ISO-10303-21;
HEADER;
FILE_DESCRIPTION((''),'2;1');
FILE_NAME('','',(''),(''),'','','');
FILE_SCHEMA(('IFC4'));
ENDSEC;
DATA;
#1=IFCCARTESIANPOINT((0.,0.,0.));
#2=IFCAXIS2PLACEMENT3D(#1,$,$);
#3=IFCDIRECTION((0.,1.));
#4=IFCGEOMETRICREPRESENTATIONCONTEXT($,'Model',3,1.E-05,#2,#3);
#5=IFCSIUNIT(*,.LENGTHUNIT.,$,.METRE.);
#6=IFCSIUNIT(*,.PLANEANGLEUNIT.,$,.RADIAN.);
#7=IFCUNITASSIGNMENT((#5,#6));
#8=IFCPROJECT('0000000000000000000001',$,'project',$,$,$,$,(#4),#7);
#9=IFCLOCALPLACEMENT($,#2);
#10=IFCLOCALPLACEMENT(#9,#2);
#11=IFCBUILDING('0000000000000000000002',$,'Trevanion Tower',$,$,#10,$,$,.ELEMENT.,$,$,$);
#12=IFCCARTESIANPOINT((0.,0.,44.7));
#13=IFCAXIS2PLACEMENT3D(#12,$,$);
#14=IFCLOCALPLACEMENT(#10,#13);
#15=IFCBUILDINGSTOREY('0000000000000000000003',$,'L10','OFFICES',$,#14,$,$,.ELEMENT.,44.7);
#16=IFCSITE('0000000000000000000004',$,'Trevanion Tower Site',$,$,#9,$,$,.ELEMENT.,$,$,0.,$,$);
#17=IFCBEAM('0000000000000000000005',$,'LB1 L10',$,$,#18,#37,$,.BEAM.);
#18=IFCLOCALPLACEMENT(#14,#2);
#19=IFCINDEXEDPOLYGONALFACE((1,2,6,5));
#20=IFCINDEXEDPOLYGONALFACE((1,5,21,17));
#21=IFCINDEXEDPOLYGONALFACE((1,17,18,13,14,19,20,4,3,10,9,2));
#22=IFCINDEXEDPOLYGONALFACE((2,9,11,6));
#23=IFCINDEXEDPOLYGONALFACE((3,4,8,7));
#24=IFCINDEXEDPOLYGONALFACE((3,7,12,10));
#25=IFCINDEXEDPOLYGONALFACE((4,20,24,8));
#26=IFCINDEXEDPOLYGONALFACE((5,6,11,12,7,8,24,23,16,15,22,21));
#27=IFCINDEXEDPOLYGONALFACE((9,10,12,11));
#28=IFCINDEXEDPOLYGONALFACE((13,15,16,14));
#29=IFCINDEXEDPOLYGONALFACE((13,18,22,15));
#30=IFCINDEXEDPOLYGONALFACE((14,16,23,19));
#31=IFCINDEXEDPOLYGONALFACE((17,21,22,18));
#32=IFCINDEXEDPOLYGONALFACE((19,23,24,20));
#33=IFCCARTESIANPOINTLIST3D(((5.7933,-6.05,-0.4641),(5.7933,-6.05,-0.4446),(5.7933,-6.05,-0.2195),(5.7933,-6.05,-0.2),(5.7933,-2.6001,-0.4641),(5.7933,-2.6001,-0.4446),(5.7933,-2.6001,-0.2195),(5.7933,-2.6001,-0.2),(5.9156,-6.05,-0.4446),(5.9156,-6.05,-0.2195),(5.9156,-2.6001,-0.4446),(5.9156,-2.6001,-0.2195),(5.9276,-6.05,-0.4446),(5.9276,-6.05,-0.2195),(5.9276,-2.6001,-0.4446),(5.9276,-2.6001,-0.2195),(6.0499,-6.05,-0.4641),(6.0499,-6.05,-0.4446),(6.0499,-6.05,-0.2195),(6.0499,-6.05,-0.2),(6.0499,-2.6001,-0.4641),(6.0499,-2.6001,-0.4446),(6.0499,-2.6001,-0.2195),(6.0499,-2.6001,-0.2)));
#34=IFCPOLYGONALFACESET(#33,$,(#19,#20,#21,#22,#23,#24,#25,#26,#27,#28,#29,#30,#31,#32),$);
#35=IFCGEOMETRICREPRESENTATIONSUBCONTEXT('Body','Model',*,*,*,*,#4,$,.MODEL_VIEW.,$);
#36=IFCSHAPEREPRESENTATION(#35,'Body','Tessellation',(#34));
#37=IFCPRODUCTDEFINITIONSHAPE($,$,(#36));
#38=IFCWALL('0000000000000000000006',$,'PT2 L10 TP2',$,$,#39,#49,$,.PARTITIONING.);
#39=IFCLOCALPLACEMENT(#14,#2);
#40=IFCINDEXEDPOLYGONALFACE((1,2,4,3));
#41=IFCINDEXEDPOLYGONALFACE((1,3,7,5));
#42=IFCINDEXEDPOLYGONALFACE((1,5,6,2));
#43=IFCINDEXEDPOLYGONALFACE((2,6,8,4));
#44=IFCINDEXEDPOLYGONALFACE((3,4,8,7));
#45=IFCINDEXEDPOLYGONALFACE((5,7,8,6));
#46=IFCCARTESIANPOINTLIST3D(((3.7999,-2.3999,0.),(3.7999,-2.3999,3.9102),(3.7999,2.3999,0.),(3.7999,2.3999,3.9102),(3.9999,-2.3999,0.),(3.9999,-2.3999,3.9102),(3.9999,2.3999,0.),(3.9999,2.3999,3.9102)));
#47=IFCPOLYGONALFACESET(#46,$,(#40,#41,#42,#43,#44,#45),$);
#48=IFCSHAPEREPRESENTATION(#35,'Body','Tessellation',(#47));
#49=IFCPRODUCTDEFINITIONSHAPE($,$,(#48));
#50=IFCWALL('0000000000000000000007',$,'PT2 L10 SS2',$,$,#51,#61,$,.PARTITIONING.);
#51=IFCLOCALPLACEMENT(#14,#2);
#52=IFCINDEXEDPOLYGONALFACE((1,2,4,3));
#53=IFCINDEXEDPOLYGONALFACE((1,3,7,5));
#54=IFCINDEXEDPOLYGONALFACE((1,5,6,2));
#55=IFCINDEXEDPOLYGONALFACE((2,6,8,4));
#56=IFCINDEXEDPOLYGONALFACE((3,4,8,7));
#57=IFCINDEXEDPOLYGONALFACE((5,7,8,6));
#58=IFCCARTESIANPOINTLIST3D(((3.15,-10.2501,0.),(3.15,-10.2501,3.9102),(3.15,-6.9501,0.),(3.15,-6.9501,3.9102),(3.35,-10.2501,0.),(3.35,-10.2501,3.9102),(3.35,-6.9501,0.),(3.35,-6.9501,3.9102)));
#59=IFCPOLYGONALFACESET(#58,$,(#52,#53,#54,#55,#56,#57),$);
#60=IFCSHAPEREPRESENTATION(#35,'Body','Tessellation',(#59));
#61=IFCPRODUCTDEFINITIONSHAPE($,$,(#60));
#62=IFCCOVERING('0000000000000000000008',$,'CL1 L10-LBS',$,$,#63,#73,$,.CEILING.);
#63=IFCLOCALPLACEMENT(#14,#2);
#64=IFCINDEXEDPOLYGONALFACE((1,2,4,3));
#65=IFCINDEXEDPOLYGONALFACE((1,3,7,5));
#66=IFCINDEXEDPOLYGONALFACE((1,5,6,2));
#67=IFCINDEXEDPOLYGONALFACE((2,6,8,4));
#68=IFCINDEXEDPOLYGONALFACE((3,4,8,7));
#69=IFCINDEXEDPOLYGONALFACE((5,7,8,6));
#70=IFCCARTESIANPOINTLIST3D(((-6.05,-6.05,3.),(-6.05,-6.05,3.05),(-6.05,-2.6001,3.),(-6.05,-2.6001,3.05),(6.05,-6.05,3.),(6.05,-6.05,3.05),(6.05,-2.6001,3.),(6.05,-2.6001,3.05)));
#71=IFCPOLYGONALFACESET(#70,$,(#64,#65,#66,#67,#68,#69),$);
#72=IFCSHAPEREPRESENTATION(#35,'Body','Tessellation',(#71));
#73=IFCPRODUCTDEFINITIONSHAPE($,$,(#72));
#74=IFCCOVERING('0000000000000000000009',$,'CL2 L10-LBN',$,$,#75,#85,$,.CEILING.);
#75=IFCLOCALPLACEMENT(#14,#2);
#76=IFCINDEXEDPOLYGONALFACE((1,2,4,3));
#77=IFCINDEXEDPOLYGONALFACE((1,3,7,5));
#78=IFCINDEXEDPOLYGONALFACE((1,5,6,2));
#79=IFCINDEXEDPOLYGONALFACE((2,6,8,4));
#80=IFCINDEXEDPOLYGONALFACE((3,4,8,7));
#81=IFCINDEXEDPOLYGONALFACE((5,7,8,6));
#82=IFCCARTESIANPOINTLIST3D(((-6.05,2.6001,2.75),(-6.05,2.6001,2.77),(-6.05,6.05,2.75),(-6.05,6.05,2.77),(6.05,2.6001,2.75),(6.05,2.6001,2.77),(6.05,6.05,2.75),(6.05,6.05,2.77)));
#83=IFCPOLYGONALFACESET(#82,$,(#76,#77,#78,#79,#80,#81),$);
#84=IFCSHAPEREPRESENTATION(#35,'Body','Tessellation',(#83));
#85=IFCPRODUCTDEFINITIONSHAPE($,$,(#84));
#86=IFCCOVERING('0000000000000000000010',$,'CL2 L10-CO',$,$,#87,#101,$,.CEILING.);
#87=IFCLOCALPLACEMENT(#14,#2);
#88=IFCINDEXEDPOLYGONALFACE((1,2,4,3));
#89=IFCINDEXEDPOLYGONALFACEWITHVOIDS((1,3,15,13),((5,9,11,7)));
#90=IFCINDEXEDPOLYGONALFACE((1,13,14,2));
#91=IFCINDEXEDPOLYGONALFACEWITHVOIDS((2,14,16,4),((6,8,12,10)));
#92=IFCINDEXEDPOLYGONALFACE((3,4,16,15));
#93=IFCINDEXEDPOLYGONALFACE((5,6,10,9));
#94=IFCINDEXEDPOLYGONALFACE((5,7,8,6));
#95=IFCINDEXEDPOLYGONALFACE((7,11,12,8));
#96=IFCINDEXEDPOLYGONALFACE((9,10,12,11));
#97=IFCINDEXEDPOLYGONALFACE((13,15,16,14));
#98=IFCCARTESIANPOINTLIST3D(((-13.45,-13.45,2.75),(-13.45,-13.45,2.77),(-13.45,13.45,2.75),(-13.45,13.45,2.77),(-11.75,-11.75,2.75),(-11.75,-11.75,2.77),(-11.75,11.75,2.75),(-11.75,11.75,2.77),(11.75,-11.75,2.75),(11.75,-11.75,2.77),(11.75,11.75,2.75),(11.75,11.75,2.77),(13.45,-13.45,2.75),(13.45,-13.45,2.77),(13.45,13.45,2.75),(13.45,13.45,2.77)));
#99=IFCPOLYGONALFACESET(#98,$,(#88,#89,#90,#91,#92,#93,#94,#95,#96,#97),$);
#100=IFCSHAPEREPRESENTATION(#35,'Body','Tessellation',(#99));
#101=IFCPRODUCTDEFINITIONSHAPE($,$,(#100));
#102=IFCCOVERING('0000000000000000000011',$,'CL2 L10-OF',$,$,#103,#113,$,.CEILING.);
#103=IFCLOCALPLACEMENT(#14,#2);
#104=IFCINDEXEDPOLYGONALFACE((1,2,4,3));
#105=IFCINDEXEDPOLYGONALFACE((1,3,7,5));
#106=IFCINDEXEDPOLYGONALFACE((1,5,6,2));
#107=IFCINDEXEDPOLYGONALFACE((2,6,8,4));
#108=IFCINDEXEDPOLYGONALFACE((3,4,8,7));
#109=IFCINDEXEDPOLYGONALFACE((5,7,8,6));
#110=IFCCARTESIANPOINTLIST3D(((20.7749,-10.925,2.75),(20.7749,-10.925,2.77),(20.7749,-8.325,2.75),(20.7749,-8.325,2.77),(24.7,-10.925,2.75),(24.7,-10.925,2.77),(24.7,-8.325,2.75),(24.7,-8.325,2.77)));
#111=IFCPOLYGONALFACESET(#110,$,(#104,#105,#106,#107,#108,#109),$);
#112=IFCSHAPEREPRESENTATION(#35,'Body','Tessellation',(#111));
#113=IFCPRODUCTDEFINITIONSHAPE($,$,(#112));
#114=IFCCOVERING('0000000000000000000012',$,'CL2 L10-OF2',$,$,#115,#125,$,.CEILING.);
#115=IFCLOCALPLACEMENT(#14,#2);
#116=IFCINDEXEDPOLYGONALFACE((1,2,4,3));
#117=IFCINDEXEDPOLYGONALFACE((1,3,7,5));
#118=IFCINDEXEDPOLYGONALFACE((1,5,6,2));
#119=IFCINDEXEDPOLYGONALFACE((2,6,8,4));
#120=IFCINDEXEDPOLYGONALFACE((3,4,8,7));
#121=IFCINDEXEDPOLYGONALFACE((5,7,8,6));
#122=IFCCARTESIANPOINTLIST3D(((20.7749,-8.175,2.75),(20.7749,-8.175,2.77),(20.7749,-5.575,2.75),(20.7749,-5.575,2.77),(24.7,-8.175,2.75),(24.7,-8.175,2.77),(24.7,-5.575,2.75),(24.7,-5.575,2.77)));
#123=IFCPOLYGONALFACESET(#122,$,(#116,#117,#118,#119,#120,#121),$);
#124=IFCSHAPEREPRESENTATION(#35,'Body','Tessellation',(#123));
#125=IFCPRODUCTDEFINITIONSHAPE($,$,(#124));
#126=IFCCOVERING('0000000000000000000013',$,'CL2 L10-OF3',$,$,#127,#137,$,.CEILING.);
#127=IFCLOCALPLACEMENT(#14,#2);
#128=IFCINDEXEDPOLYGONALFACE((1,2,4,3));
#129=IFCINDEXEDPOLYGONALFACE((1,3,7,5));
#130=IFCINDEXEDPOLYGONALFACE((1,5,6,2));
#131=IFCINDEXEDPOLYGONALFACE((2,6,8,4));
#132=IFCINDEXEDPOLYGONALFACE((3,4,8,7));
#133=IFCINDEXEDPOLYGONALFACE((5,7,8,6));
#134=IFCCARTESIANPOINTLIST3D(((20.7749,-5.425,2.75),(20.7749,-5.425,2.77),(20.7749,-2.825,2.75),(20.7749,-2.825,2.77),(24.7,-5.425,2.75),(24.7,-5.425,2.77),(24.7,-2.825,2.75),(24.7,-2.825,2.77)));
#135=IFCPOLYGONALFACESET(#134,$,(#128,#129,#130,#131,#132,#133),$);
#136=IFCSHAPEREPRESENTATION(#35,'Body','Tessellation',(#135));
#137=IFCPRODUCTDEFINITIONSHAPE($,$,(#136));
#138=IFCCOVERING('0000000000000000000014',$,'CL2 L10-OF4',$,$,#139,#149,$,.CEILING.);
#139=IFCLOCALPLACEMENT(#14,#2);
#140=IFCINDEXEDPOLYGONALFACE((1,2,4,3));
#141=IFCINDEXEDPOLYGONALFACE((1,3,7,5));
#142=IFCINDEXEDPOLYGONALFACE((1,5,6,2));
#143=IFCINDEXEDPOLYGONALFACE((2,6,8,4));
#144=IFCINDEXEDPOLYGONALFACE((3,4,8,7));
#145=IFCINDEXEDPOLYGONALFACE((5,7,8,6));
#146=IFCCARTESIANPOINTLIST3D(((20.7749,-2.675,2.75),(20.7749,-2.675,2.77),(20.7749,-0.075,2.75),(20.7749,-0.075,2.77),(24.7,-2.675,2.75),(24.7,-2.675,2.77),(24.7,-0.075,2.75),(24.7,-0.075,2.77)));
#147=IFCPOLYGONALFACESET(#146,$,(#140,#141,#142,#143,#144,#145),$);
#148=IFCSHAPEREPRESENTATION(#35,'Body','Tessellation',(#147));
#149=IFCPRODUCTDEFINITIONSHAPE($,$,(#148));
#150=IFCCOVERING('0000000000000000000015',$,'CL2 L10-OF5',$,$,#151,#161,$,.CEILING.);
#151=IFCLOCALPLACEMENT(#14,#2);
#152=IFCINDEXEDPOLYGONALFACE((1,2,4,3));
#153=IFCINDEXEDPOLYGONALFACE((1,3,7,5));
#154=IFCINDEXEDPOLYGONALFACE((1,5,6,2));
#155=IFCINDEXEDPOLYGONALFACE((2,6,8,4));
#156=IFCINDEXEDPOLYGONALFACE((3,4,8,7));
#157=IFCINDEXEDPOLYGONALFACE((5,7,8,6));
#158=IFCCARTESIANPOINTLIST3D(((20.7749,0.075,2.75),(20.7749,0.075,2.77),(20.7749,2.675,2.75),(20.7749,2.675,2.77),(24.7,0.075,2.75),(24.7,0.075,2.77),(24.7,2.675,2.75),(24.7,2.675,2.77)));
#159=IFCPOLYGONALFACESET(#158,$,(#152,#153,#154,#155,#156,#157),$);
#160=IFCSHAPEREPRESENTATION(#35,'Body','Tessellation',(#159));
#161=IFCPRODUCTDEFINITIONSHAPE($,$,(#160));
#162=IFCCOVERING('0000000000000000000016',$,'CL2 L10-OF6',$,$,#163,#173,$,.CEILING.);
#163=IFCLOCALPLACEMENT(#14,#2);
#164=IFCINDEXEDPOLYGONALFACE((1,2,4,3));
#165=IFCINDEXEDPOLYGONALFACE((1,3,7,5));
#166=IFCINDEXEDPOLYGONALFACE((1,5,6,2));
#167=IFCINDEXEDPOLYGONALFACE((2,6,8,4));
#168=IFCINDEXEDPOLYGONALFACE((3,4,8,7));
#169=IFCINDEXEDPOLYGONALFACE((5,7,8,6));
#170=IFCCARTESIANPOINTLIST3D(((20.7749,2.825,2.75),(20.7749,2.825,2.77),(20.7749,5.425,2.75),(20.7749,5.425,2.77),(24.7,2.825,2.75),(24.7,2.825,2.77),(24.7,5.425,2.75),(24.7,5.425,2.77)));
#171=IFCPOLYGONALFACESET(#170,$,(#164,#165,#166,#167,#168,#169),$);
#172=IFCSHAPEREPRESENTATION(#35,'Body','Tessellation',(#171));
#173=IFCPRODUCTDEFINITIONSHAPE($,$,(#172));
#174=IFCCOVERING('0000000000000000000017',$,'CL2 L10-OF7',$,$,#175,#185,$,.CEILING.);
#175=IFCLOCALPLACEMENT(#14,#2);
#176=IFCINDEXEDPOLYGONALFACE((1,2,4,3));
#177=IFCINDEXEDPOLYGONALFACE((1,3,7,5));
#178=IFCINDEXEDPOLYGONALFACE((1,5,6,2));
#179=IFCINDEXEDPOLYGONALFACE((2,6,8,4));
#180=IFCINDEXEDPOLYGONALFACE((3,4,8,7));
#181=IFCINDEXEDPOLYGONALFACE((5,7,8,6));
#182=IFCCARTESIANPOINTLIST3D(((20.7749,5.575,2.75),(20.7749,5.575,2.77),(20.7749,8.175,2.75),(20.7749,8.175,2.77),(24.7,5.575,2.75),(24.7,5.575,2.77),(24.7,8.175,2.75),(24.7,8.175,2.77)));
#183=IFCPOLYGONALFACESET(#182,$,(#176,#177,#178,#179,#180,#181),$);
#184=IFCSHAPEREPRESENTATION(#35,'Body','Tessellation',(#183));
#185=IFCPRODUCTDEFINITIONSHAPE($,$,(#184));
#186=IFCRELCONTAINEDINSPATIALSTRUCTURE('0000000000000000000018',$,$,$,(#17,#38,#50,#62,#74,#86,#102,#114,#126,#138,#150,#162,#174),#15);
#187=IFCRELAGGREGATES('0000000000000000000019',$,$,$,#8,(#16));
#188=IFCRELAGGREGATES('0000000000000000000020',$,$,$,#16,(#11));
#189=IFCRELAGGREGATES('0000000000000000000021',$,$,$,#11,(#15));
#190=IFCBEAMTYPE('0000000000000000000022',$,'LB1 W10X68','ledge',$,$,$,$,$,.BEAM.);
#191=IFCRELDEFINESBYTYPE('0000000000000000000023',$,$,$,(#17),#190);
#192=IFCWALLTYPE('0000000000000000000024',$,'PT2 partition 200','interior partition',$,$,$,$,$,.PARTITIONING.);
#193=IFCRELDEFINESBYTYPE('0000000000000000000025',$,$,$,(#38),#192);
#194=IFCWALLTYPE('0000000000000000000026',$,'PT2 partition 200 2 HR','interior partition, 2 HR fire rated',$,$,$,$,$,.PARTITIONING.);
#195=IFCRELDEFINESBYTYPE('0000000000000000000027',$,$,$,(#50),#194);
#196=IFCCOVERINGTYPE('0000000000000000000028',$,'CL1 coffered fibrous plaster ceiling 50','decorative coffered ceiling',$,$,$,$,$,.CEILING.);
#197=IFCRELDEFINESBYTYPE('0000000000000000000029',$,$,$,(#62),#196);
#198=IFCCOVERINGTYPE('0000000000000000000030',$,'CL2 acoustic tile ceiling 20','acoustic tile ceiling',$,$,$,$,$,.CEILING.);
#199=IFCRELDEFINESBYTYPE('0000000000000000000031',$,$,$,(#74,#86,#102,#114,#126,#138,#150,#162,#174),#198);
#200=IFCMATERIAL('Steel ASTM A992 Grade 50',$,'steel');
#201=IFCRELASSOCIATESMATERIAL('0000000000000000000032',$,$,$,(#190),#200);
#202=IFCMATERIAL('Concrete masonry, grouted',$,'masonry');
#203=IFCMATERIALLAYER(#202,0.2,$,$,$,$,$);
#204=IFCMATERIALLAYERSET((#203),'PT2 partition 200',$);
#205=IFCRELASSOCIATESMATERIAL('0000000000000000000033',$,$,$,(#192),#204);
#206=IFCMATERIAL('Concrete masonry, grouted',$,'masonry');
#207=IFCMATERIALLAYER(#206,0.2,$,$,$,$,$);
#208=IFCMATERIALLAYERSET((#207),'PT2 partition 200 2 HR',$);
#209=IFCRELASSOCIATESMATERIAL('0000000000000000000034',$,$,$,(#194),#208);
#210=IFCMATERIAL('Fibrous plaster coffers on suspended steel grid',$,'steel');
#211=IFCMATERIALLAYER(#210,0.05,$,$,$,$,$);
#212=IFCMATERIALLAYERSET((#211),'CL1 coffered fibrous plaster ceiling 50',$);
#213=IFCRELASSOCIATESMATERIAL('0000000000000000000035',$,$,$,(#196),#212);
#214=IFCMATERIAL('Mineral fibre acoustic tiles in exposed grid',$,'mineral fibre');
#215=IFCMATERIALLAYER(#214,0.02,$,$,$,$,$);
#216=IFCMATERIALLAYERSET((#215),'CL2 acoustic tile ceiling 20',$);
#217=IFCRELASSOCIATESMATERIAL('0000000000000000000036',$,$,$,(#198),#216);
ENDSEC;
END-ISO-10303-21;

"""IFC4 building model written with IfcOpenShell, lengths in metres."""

from ifc_helpers import new_model, si_unit, direction, frame, frame_2d, origin, origin_2d, place, context, subcontext, project, spatial, polyline, rectangle, i_section, outline, extrude, material, layer, layer_set, material_profile, profile_set, type_object, element, save


model = new_model("IFC4")

# Units and contexts
model_context = context("Model", 3, precision=1e-05, world=origin(), true_north=direction((0.0, 1.0)))
body_context = subcontext(model_context, "Body", "Model", "MODEL_VIEW")
ifc_project = project(units=[si_unit("LENGTHUNIT", "METRE"), si_unit("PLANEANGLEUNIT", "RADIAN")], contexts=[model_context])

# Site, building, storey
site_placement = place(None, origin())
site = spatial("IfcSite", under=ifc_project, at=site_placement, Name="Trevanion Tower Site", CompositionType="ELEMENT", RefElevation=0.0)
building_placement = place(site_placement, origin())
building = spatial("IfcBuilding", under=site, at=building_placement, Name="Trevanion Tower", CompositionType="ELEMENT")
storey_placement = place(building_placement, frame((0.0, 0.0, 44.7)))
storey = spatial("IfcBuildingStorey", under=building, at=storey_placement, Name="L10", Description="OFFICES", CompositionType="ELEMENT", Elevation=44.7)

# Beam
ifc_material_1 = material(Name="Steel ASTM A992 Grade 50", Category="steel")
ifc_material_profile = material_profile(ifc_material_1, i_section(OverallWidth=0.2566, OverallDepth=0.2642, WebThickness=0.012, FlangeThickness=0.0195, at=origin_2d()), Name="W10X68")
ifc_profile_set = profile_set([ifc_material_profile], Name="Steel ASTM A992 Grade 50")
beam_type = type_object("IfcBeamType", Name="LB1 W10X68", Description="ledge", PredefinedType="BEAM", material=ifc_profile_set)
beam_placement = place(storey_placement, frame((5.9216, -6.05, -0.332), z_axis=(0.0, 1.0, 0.0), x_axis=(-1.0, 0.0, 0.0)))
element("IfcBeam", 1, at=beam_placement, inside=storey, type_object=beam_type, Name="LB1 L10", PredefinedType="BEAM", context=body_context, shape_type="SweptSolid", body=[
    extrude(i_section(OverallWidth=0.2566, OverallDepth=0.2642, WebThickness=0.012, FlangeThickness=0.0195, at=origin_2d()), origin(), (0.0, 0.0, 1.0), 3.45),
])

# Walls
ifc_material_2 = material(Name="Concrete masonry, grouted", Category="masonry")
ifc_layer_1 = layer(ifc_material_2, 0.2)
ifc_layer_set_1 = layer_set([ifc_layer_1], Name="PT2 partition 200")
wall_type_1 = type_object("IfcWallType", Name="PT2 partition 200", Description="interior partition", PredefinedType="PARTITIONING", material=ifc_layer_set_1)
wall_1_placement = place(storey_placement, frame((3.8999, -2.3999, 0.0), z_axis=(0.0, 0.0, 1.0), x_axis=(0.0, 1.0, 0.0)))
element("IfcWall", 2, at=wall_1_placement, inside=storey, type_object=wall_type_1, Name="PT2 L10 TP2", PredefinedType="PARTITIONING", context=body_context, shape_type="SweptSolid", body=[
    extrude(rectangle(XDim=4.7998, YDim=0.2, at=frame_2d((2.3999, 0.0))), origin(), (0.0, 0.0, 1.0), 3.9102),
])
ifc_material_3 = material(Name="Concrete masonry, grouted", Category="masonry")
ifc_layer_2 = layer(ifc_material_3, 0.2)
ifc_layer_set_2 = layer_set([ifc_layer_2], Name="PT2 partition 200 2 HR")
wall_type_2 = type_object("IfcWallType", Name="PT2 partition 200 2 HR", Description="interior partition, 2 HR fire rated", PredefinedType="PARTITIONING", material=ifc_layer_set_2)
wall_2_placement = place(storey_placement, frame((3.25, -10.25, 0.0), z_axis=(0.0, 0.0, 1.0), x_axis=(0.0, 1.0, 0.0)))
element("IfcWall", 3, at=wall_2_placement, inside=storey, type_object=wall_type_2, Name="PT2 L10 SS2", PredefinedType="PARTITIONING", context=body_context, shape_type="SweptSolid", body=[
    extrude(rectangle(XDim=3.3, YDim=0.2, at=frame_2d((1.6499, 0.0))), origin(), (0.0, 0.0, 1.0), 3.9102),
])

# Coverings
ifc_material_4 = material(Name="Fibrous plaster coffers on suspended steel grid", Category="steel")
ifc_layer_3 = layer(ifc_material_4, 0.05)
ifc_layer_set_3 = layer_set([ifc_layer_3], Name="CL1 coffered fibrous plaster ceiling 50")
covering_type_1 = type_object("IfcCoveringType", Name="CL1 coffered fibrous plaster ceiling 50", Description="decorative coffered ceiling", PredefinedType="CEILING", material=ifc_layer_set_3)
covering_1_placement = place(storey_placement, frame((0.0, 0.0, 3.0)))
element("IfcCovering", 4, at=covering_1_placement, inside=storey, type_object=covering_type_1, Name="CL1 L10-LBS", PredefinedType="CEILING", context=body_context, shape_type="SweptSolid", body=[
    extrude(outline(polyline([(6.05, -6.05), (6.05, -2.6001), (-6.05, -2.6001), (-6.05, -6.05), (6.05, -6.05)])), origin(), (0.0, 0.0, 1.0), 0.05),
])
ifc_material_5 = material(Name="Mineral fibre acoustic tiles in exposed grid", Category="mineral fibre")
ifc_layer_4 = layer(ifc_material_5, 0.02)
ifc_layer_set_4 = layer_set([ifc_layer_4], Name="CL2 acoustic tile ceiling 20")
covering_type_2 = type_object("IfcCoveringType", Name="CL2 acoustic tile ceiling 20", Description="acoustic tile ceiling", PredefinedType="CEILING", material=ifc_layer_set_4)
covering_2_placement = place(storey_placement, frame((0.0, 0.0, 2.75)))
element("IfcCovering", 5, at=covering_2_placement, inside=storey, type_object=covering_type_2, Name="CL2 L10-LBN", PredefinedType="CEILING", context=body_context, shape_type="SweptSolid", body=[
    extrude(outline(polyline([(6.05, 2.6001), (6.05, 6.05), (-6.05, 6.05), (-6.05, 2.6001), (6.05, 2.6001)])), origin(), (0.0, 0.0, 1.0), 0.02),
])
covering_3_placement = place(storey_placement, frame((0.0, 0.0, 2.75)))
element("IfcCovering", 6, at=covering_3_placement, inside=storey, type_object=covering_type_2, Name="CL2 L10-CO", PredefinedType="CEILING", context=body_context, shape_type="SweptSolid", body=[
    extrude(outline(polyline([(-13.45, 13.45), (13.45, 13.45), (13.45, -13.45), (-13.45, -13.45), (-13.45, 13.45)]), holes=[polyline([(-11.75, 11.75), (-11.75, -11.75), (11.75, -11.75), (11.75, 11.75), (-11.75, 11.75)])]), origin(), (0.0, 0.0, 1.0), 0.02),
])
covering_4_placement = place(storey_placement, frame((0.0, 0.0, 2.75)))
element("IfcCovering", 7, at=covering_4_placement, inside=storey, type_object=covering_type_2, Name="CL2 L10-OF", PredefinedType="CEILING", context=body_context, shape_type="SweptSolid", body=[
    extrude(outline(polyline([(20.7749, -10.925), (20.7749, -8.325), (24.7, -8.325), (24.7, -10.925), (20.7749, -10.925)])), origin(), (0.0, 0.0, 1.0), 0.02),
])
covering_5_placement = place(storey_placement, frame((0.0, 0.0, 2.75)))
element("IfcCovering", 8, at=covering_5_placement, inside=storey, type_object=covering_type_2, Name="CL2 L10-OF2", PredefinedType="CEILING", context=body_context, shape_type="SweptSolid", body=[
    extrude(outline(polyline([(20.7749, -8.175), (20.7749, -5.575), (24.7, -5.575), (24.7, -8.175), (20.7749, -8.175)])), origin(), (0.0, 0.0, 1.0), 0.02),
])
covering_6_placement = place(storey_placement, frame((0.0, 0.0, 2.75)))
element("IfcCovering", 9, at=covering_6_placement, inside=storey, type_object=covering_type_2, Name="CL2 L10-OF3", PredefinedType="CEILING", context=body_context, shape_type="SweptSolid", body=[
    extrude(outline(polyline([(20.7749, -5.425), (20.7749, -2.825), (24.7, -2.825), (24.7, -5.425), (20.7749, -5.425)])), origin(), (0.0, 0.0, 1.0), 0.02),
])
covering_7_placement = place(storey_placement, frame((0.0, 0.0, 2.75)))
element("IfcCovering", 10, at=covering_7_placement, inside=storey, type_object=covering_type_2, Name="CL2 L10-OF4", PredefinedType="CEILING", context=body_context, shape_type="SweptSolid", body=[
    extrude(outline(polyline([(20.7749, -2.675), (20.7749, -0.075), (24.7, -0.075), (24.7, -2.675), (20.7749, -2.675)])), origin(), (0.0, 0.0, 1.0), 0.02),
])
covering_8_placement = place(storey_placement, frame((0.0, 0.0, 2.75)))
element("IfcCovering", 11, at=covering_8_placement, inside=storey, type_object=covering_type_2, Name="CL2 L10-OF5", PredefinedType="CEILING", context=body_context, shape_type="SweptSolid", body=[
    extrude(outline(polyline([(20.7749, 0.075), (20.7749, 2.675), (24.7, 2.675), (24.7, 0.075), (20.7749, 0.075)])), origin(), (0.0, 0.0, 1.0), 0.02),
])
covering_9_placement = place(storey_placement, frame((0.0, 0.0, 2.75)))
element("IfcCovering", 12, at=covering_9_placement, inside=storey, type_object=covering_type_2, Name="CL2 L10-OF6", PredefinedType="CEILING", context=body_context, shape_type="SweptSolid", body=[
    extrude(outline(polyline([(20.7749, 2.825), (20.7749, 5.425), (24.7, 5.425), (24.7, 2.825), (20.7749, 2.825)])), origin(), (0.0, 0.0, 1.0), 0.02),
])
covering_10_placement = place(storey_placement, frame((0.0, 0.0, 2.75)))
element("IfcCovering", 13, at=covering_10_placement, inside=storey, type_object=covering_type_2, Name="CL2 L10-OF7", PredefinedType="CEILING", context=body_context, shape_type="SweptSolid", body=[
    extrude(outline(polyline([(20.7749, 5.575), (20.7749, 8.175), (24.7, 8.175), (24.7, 5.575), (20.7749, 5.575)])), origin(), (0.0, 0.0, 1.0), 0.02),
])

save(model, "model.ifc")
